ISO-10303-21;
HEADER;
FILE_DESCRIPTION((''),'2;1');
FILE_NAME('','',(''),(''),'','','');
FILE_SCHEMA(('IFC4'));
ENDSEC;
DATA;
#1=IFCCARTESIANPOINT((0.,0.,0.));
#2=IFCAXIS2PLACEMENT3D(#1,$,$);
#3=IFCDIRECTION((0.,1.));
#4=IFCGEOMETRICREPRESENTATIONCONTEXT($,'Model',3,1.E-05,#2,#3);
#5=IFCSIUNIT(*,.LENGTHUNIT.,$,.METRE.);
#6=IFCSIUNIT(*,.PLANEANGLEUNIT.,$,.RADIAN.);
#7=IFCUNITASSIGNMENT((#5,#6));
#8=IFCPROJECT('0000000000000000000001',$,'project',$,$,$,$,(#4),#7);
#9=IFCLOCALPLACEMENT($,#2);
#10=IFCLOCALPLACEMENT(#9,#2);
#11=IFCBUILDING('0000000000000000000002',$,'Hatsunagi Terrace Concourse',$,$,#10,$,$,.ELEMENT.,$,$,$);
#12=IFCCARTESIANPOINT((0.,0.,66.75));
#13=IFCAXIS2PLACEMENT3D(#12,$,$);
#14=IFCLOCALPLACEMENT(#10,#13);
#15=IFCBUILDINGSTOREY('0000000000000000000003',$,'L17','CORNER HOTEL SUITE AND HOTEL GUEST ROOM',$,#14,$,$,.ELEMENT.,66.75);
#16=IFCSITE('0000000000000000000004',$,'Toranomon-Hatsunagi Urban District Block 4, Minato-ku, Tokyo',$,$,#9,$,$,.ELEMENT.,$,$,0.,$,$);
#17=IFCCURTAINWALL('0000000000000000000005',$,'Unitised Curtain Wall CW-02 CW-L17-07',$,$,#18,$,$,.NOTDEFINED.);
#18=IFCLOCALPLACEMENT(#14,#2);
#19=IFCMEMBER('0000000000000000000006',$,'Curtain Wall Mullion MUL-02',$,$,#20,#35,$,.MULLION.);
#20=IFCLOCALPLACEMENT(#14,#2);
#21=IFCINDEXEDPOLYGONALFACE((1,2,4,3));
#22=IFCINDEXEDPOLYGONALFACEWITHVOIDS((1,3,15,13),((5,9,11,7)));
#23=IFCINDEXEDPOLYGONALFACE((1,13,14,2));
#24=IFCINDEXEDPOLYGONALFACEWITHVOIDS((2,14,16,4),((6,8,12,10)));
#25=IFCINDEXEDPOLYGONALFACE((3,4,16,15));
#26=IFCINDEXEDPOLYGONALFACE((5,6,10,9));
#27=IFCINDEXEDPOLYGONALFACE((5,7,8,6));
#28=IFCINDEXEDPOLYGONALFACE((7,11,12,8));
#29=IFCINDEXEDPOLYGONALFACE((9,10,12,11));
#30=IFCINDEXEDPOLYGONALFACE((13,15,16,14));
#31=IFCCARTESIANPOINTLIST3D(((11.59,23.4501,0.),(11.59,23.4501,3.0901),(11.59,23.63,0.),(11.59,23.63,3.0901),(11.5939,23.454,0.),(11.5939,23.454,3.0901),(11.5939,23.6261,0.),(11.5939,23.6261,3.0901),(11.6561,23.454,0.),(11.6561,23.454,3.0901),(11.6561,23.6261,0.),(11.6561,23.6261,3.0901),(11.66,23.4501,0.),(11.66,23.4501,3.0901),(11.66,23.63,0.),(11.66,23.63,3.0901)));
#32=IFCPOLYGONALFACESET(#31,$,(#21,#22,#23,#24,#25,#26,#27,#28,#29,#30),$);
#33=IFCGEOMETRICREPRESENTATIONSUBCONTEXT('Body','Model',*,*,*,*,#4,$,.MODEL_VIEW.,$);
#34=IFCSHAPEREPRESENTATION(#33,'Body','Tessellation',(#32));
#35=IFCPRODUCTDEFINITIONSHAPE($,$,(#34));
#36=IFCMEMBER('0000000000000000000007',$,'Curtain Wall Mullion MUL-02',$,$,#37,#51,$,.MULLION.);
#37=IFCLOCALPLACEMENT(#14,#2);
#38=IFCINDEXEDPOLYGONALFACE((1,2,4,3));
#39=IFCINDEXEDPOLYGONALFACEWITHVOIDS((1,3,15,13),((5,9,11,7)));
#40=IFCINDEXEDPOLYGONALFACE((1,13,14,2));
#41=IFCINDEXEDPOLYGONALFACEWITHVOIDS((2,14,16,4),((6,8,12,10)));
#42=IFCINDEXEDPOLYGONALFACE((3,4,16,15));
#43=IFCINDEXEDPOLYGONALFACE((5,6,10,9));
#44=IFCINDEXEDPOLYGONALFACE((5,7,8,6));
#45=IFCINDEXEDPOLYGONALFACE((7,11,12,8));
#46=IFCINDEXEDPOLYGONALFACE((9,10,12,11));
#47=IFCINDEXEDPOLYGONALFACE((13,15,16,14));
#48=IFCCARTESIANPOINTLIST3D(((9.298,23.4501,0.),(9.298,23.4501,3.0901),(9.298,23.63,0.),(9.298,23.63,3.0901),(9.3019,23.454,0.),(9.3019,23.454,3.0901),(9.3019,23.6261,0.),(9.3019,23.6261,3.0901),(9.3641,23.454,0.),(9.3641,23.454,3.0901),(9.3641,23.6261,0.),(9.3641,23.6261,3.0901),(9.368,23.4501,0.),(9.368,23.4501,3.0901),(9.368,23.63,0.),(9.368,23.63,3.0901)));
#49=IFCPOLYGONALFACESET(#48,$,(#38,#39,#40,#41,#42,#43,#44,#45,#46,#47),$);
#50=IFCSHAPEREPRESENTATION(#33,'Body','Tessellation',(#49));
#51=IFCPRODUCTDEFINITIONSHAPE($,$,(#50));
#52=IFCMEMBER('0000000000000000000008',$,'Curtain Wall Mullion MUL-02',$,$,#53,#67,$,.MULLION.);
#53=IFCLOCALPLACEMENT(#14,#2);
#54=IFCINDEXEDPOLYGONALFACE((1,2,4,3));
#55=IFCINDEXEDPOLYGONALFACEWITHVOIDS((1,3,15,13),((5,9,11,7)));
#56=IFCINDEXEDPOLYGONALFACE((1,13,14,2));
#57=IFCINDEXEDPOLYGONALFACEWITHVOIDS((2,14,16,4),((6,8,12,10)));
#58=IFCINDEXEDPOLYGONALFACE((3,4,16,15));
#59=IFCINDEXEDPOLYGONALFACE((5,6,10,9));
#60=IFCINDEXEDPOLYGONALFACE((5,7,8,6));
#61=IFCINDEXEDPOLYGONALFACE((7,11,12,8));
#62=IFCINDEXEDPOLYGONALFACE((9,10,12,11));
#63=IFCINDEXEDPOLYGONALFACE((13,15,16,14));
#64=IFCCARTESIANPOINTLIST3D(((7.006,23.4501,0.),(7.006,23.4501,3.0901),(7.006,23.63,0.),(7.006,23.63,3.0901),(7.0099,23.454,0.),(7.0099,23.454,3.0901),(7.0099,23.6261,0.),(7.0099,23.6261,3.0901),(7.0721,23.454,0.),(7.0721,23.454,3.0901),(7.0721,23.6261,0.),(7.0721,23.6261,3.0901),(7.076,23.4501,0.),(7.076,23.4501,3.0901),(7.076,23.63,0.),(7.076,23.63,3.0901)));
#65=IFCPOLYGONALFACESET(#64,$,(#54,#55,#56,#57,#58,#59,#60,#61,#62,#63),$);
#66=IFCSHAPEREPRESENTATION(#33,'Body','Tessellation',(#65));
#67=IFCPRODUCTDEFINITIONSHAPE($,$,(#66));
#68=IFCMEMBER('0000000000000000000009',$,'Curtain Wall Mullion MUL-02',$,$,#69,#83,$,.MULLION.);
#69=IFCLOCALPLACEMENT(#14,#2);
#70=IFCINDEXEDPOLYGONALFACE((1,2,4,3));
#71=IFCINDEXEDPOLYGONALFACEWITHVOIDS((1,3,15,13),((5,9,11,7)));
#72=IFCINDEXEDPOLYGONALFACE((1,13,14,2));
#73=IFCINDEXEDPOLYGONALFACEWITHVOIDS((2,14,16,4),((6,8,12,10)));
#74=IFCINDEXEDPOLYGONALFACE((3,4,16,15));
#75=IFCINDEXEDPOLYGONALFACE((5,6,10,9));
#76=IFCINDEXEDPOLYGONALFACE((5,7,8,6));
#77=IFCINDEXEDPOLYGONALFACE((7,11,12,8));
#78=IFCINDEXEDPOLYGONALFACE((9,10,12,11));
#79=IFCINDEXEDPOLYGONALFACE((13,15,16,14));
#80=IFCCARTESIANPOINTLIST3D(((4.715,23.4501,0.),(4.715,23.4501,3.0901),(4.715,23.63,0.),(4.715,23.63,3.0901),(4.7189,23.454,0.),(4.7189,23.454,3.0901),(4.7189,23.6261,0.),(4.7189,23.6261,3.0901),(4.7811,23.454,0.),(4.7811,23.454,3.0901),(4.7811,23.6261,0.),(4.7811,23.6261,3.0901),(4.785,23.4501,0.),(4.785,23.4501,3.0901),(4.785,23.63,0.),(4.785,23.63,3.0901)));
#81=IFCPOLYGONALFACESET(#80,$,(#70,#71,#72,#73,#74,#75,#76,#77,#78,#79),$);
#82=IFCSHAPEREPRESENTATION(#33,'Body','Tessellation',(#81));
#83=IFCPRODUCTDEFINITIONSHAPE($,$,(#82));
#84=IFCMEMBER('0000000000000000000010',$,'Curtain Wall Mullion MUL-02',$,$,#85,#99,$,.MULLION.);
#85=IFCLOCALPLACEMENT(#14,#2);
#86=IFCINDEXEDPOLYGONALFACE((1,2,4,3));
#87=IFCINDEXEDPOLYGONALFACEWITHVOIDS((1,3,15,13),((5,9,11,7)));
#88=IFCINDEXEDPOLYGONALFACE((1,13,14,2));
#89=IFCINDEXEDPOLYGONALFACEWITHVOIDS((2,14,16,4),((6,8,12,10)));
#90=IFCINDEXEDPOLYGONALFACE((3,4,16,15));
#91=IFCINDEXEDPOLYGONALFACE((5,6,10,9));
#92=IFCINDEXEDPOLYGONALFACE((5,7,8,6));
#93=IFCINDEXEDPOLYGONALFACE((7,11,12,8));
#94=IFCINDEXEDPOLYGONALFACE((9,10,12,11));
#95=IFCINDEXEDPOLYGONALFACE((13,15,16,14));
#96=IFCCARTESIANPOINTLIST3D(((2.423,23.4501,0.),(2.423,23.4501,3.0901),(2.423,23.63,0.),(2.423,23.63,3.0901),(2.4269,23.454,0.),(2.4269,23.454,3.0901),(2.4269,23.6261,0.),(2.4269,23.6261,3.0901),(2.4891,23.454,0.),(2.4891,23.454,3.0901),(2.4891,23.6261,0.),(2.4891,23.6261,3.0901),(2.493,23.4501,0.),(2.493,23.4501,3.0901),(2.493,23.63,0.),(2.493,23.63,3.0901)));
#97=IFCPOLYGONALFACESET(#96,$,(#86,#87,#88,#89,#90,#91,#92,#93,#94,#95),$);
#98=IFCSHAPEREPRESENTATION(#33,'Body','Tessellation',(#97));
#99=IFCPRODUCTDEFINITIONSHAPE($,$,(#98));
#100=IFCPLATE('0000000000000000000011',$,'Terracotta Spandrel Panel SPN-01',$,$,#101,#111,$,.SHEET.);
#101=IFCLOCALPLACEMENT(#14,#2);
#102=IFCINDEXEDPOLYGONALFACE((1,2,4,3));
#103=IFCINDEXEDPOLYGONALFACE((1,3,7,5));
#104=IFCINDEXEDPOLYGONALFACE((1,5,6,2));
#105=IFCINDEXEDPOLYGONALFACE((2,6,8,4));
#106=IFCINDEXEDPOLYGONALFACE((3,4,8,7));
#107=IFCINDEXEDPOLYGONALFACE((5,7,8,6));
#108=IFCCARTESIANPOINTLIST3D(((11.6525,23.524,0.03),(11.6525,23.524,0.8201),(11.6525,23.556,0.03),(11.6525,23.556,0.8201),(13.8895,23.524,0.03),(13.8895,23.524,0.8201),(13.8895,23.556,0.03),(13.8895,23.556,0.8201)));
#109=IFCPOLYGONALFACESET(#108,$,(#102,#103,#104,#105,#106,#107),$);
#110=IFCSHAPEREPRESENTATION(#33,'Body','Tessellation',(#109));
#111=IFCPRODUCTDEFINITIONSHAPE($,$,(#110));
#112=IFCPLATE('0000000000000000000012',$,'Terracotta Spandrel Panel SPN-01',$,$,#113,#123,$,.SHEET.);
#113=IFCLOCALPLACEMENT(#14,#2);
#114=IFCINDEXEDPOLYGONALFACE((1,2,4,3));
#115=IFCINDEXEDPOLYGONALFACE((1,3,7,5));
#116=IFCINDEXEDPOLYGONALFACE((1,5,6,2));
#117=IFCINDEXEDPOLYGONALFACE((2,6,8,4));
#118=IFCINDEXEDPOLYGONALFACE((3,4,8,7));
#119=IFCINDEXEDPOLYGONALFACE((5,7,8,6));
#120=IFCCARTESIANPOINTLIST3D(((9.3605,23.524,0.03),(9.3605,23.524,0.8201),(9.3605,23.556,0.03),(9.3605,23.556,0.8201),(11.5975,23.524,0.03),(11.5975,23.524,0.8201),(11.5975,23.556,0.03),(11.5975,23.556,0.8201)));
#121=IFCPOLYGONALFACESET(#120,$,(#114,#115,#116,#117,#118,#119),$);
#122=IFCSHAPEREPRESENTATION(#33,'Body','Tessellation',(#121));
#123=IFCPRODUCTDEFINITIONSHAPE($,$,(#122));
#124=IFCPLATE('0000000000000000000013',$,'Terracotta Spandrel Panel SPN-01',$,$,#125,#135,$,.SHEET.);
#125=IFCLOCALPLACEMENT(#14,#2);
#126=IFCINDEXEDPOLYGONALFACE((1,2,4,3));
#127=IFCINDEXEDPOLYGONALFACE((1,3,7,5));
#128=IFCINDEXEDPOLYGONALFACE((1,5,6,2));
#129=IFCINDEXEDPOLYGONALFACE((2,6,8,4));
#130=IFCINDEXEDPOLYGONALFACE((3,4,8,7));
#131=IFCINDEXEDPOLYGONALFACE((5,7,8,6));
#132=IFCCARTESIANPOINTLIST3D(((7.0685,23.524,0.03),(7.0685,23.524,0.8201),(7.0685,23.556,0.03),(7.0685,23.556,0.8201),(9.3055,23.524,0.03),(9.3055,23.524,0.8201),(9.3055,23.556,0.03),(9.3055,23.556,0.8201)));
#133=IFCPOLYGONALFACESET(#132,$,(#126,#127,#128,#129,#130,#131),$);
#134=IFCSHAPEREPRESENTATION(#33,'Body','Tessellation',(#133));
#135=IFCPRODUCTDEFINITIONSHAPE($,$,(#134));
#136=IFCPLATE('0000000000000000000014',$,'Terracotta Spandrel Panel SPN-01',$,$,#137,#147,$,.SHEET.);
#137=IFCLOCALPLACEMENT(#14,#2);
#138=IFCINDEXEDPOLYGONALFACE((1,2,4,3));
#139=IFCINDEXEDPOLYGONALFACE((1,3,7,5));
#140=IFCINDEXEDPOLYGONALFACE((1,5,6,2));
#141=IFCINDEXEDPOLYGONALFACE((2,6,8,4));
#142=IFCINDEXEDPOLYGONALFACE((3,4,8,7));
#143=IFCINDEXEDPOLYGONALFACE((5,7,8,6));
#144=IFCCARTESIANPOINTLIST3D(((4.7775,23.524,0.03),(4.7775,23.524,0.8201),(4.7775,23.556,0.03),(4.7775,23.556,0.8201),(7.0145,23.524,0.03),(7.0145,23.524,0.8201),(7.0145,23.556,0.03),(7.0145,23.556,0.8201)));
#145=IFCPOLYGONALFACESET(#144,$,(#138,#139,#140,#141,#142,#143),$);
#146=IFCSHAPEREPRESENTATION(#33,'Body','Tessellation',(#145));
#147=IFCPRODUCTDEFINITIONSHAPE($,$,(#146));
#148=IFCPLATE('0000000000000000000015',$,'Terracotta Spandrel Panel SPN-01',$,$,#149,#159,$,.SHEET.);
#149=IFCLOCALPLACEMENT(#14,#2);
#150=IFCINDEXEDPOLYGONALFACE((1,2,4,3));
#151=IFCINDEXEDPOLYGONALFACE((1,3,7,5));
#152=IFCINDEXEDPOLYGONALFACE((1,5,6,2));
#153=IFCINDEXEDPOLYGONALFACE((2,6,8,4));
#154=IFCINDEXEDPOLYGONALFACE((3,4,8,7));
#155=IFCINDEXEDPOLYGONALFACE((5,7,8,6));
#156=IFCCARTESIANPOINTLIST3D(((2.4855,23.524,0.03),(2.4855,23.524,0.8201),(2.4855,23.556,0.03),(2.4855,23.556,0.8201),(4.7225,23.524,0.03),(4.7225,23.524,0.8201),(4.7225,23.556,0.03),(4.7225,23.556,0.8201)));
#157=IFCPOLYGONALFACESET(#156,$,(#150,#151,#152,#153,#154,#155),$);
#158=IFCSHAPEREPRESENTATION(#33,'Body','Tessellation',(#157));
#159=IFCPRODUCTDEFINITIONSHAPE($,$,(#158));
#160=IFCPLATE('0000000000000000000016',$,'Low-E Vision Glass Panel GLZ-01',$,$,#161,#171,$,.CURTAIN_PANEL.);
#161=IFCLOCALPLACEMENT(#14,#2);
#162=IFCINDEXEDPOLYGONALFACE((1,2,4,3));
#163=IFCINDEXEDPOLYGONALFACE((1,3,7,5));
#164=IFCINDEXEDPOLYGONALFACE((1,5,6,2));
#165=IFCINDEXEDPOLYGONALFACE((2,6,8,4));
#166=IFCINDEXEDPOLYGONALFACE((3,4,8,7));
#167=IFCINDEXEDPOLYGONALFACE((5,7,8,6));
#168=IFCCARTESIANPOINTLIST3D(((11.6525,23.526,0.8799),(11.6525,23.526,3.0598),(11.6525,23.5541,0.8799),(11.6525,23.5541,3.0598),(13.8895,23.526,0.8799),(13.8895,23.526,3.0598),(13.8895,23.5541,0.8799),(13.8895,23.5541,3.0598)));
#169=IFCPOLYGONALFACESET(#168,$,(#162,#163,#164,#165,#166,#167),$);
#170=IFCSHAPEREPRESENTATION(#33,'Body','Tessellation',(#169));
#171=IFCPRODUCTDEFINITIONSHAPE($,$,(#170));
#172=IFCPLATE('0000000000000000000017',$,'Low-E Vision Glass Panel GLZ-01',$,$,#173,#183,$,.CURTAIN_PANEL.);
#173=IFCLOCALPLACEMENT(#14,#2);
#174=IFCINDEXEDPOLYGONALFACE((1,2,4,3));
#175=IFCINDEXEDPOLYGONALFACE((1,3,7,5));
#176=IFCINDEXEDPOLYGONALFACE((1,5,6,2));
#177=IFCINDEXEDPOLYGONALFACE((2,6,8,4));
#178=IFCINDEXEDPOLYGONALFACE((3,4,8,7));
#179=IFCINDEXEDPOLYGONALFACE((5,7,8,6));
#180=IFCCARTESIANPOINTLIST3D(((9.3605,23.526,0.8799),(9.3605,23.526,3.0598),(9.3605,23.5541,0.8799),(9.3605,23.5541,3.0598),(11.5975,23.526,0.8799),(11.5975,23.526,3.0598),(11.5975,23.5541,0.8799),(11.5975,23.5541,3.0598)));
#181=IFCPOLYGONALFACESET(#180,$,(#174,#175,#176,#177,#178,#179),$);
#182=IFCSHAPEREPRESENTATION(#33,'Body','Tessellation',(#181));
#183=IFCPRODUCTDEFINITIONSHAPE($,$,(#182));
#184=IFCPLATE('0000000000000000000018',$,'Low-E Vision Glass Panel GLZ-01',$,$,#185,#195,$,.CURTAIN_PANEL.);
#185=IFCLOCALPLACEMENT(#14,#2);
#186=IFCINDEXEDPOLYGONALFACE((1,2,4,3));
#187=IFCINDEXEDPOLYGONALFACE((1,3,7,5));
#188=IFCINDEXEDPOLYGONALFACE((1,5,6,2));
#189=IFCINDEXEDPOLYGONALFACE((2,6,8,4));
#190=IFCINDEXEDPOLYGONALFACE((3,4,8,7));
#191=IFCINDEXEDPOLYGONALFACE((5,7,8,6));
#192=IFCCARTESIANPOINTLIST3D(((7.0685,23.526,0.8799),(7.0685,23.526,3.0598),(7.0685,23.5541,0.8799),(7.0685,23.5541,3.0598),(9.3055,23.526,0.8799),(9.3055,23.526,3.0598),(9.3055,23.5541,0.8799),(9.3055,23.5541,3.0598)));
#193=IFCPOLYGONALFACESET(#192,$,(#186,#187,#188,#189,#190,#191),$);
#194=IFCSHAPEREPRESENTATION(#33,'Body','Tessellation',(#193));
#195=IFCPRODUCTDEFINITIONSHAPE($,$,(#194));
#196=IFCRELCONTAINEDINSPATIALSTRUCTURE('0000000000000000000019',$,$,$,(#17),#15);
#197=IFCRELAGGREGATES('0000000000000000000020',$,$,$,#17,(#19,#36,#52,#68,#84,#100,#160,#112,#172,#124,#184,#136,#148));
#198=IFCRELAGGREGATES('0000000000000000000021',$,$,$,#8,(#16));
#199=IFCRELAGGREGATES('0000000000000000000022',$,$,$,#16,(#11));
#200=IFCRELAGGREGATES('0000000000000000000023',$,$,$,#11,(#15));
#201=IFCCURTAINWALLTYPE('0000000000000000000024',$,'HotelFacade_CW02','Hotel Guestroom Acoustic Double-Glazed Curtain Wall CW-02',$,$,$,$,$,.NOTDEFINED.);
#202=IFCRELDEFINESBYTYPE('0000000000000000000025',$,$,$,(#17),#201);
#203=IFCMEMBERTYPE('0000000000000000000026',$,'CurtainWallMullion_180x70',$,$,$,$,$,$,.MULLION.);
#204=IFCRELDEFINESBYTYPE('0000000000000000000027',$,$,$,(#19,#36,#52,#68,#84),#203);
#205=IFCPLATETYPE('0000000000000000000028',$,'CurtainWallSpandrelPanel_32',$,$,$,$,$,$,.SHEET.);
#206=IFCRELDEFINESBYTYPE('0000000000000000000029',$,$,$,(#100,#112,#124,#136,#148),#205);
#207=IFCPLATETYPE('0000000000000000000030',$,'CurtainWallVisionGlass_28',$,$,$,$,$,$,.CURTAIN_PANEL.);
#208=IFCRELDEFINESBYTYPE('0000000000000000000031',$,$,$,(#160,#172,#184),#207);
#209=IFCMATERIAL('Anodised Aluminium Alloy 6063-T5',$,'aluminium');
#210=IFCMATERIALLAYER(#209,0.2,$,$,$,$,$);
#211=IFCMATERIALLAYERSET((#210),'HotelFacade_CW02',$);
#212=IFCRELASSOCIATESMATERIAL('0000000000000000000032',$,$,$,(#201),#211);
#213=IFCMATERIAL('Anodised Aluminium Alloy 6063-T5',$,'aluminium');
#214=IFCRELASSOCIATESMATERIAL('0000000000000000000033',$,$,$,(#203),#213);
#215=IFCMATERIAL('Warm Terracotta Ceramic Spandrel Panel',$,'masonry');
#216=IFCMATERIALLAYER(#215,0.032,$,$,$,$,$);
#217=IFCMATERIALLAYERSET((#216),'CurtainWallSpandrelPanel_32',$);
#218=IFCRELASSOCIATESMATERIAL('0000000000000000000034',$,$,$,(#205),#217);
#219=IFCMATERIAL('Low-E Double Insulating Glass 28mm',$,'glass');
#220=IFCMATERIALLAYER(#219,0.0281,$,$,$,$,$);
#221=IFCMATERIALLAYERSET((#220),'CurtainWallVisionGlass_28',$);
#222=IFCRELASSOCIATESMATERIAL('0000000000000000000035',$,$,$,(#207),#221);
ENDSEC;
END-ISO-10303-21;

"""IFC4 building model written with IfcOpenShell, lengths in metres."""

from ifc_helpers import new_model, si_unit, direction, frame, origin, origin_2d, place, context, subcontext, project, spatial, rectangle, hollow_rectangle, extrude, material, layer, layer_set, material_profile, profile_set, type_object, element, aggregate, save


model = new_model("IFC4")

# Units and contexts
model_context = context("Model", 3, precision=1e-05, world=origin(), true_north=direction((0.0, 1.0)))
body_context = subcontext(model_context, "Body", "Model", "MODEL_VIEW")
ifc_project = project(units=[si_unit("LENGTHUNIT", "METRE"), si_unit("PLANEANGLEUNIT", "RADIAN")], contexts=[model_context])

# Site, building, storey
site_placement = place(None, origin())
site = spatial("IfcSite", under=ifc_project, at=site_placement, Name="Toranomon-Hatsunagi Urban District Block 4, Minato-ku, Tokyo", CompositionType="ELEMENT", RefElevation=0.0)
building_placement = place(site_placement, origin())
building = spatial("IfcBuilding", under=site, at=building_placement, Name="Hatsunagi Terrace Concourse", CompositionType="ELEMENT")
storey_placement = place(building_placement, frame((0.0, 0.0, 66.75)))
storey = spatial("IfcBuildingStorey", under=building, at=storey_placement, Name="L17", Description="CORNER HOTEL SUITE AND HOTEL GUEST ROOM", CompositionType="ELEMENT", Elevation=66.75)

# Curtain wall, members, plates
ifc_material_1 = material(Name="Anodised Aluminium Alloy 6063-T5", Category="aluminium")
ifc_layer_1 = layer(ifc_material_1, 0.2)
ifc_layer_set_1 = layer_set([ifc_layer_1], Name="HotelFacade_CW02")
curtain_wall_type = type_object("IfcCurtainWallType", Name="HotelFacade_CW02", Description="Hotel Guestroom Acoustic Double-Glazed Curtain Wall CW-02", PredefinedType="NOTDEFINED", material=ifc_layer_set_1)
curtain_wall_placement = place(storey_placement, origin())
curtain_wall = element("IfcCurtainWall", 1, at=curtain_wall_placement, inside=storey, type_object=curtain_wall_type, Name="Unitised Curtain Wall CW-02 CW-L17-07", PredefinedType="NOTDEFINED")
ifc_material_2 = material(Name="Anodised Aluminium Alloy 6063-T5", Category="aluminium")
ifc_material_profile = material_profile(ifc_material_2, hollow_rectangle(XDim=0.0701, YDim=0.1799, WallThickness=0.0039, at=origin_2d()), Name="ALU-MUL-180x70x4")
ifc_profile_set = profile_set([ifc_material_profile], Name="Anodised Aluminium Alloy 6063-T5")
member_type = type_object("IfcMemberType", Name="CurtainWallMullion_180x70", PredefinedType="MULLION", material=ifc_profile_set)
member_1_placement = place(storey_placement, frame((11.625, 23.54, 0.0), z_axis=(0.0, 0.0, 1.0), x_axis=(-1.0, 0.0, 0.0)))
member_1 = element("IfcMember", 2, at=member_1_placement, type_object=member_type, Name="Curtain Wall Mullion MUL-02", PredefinedType="MULLION", context=body_context, shape_type="SweptSolid", body=[
    extrude(hollow_rectangle(XDim=0.0701, YDim=0.1799, WallThickness=0.0039, at=origin_2d()), origin(), (0.0, 0.0, 1.0), 3.0901),
])
member_2_placement = place(storey_placement, frame((9.333, 23.54, 0.0), z_axis=(0.0, 0.0, 1.0), x_axis=(-1.0, 0.0, 0.0)))
member_2 = element("IfcMember", 3, at=member_2_placement, type_object=member_type, Name="Curtain Wall Mullion MUL-02", PredefinedType="MULLION", context=body_context, shape_type="SweptSolid", body=[
    extrude(hollow_rectangle(XDim=0.0701, YDim=0.1799, WallThickness=0.0039, at=origin_2d()), origin(), (0.0, 0.0, 1.0), 3.0901),
])
member_3_placement = place(storey_placement, frame((7.041, 23.54, 0.0), z_axis=(0.0, 0.0, 1.0), x_axis=(-1.0, 0.0, 0.0)))
member_3 = element("IfcMember", 4, at=member_3_placement, type_object=member_type, Name="Curtain Wall Mullion MUL-02", PredefinedType="MULLION", context=body_context, shape_type="SweptSolid", body=[
    extrude(hollow_rectangle(XDim=0.0701, YDim=0.1799, WallThickness=0.0039, at=origin_2d()), origin(), (0.0, 0.0, 1.0), 3.0901),
])
member_4_placement = place(storey_placement, frame((4.75, 23.54, 0.0), z_axis=(0.0, 0.0, 1.0), x_axis=(-1.0, 0.0, 0.0)))
member_4 = element("IfcMember", 5, at=member_4_placement, type_object=member_type, Name="Curtain Wall Mullion MUL-02", PredefinedType="MULLION", context=body_context, shape_type="SweptSolid", body=[
    extrude(hollow_rectangle(XDim=0.0701, YDim=0.1799, WallThickness=0.0039, at=origin_2d()), origin(), (0.0, 0.0, 1.0), 3.0901),
])
member_5_placement = place(storey_placement, frame((2.458, 23.54, 0.0), z_axis=(0.0, 0.0, 1.0), x_axis=(-1.0, 0.0, 0.0)))
member_5 = element("IfcMember", 6, at=member_5_placement, type_object=member_type, Name="Curtain Wall Mullion MUL-02", PredefinedType="MULLION", context=body_context, shape_type="SweptSolid", body=[
    extrude(hollow_rectangle(XDim=0.0701, YDim=0.1799, WallThickness=0.0039, at=origin_2d()), origin(), (0.0, 0.0, 1.0), 3.0901),
])
ifc_material_3 = material(Name="Warm Terracotta Ceramic Spandrel Panel", Category="masonry")
ifc_layer_2 = layer(ifc_material_3, 0.032)
ifc_layer_set_2 = layer_set([ifc_layer_2], Name="CurtainWallSpandrelPanel_32")
plate_type_1 = type_object("IfcPlateType", Name="CurtainWallSpandrelPanel_32", PredefinedType="SHEET", material=ifc_layer_set_2)
plate_1_placement = place(storey_placement, frame((12.771, 23.54, 0.03), z_axis=(0.0, 0.0, 1.0), x_axis=(-1.0, 0.0, 0.0)))
plate_1 = element("IfcPlate", 7, at=plate_1_placement, type_object=plate_type_1, Name="Terracotta Spandrel Panel SPN-01", PredefinedType="SHEET", context=body_context, shape_type="SweptSolid", body=[
    extrude(rectangle(XDim=2.2371, YDim=0.032, at=origin_2d()), origin(), (0.0, 0.0, 1.0), 0.79),
])
plate_2_placement = place(storey_placement, frame((10.479, 23.54, 0.03), z_axis=(0.0, 0.0, 1.0), x_axis=(-1.0, 0.0, 0.0)))
plate_2 = element("IfcPlate", 8, at=plate_2_placement, type_object=plate_type_1, Name="Terracotta Spandrel Panel SPN-01", PredefinedType="SHEET", context=body_context, shape_type="SweptSolid", body=[
    extrude(rectangle(XDim=2.2371, YDim=0.032, at=origin_2d()), origin(), (0.0, 0.0, 1.0), 0.79),
])
plate_3_placement = place(storey_placement, frame((8.187, 23.54, 0.03), z_axis=(0.0, 0.0, 1.0), x_axis=(-1.0, 0.0, 0.0)))
plate_3 = element("IfcPlate", 9, at=plate_3_placement, type_object=plate_type_1, Name="Terracotta Spandrel Panel SPN-01", PredefinedType="SHEET", context=body_context, shape_type="SweptSolid", body=[
    extrude(rectangle(XDim=2.2371, YDim=0.032, at=origin_2d()), origin(), (0.0, 0.0, 1.0), 0.79),
])
plate_4_placement = place(storey_placement, frame((5.896, 23.54, 0.03), z_axis=(0.0, 0.0, 1.0), x_axis=(-1.0, 0.0, 0.0)))
plate_4 = element("IfcPlate", 10, at=plate_4_placement, type_object=plate_type_1, Name="Terracotta Spandrel Panel SPN-01", PredefinedType="SHEET", context=body_context, shape_type="SweptSolid", body=[
    extrude(rectangle(XDim=2.2371, YDim=0.032, at=origin_2d()), origin(), (0.0, 0.0, 1.0), 0.79),
])
plate_5_placement = place(storey_placement, frame((3.604, 23.54, 0.03), z_axis=(0.0, 0.0, 1.0), x_axis=(-1.0, 0.0, 0.0)))
plate_5 = element("IfcPlate", 11, at=plate_5_placement, type_object=plate_type_1, Name="Terracotta Spandrel Panel SPN-01", PredefinedType="SHEET", context=body_context, shape_type="SweptSolid", body=[
    extrude(rectangle(XDim=2.2371, YDim=0.032, at=origin_2d()), origin(), (0.0, 0.0, 1.0), 0.79),
])
ifc_material_4 = material(Name="Low-E Double Insulating Glass 28mm", Category="glass")
ifc_layer_3 = layer(ifc_material_4, 0.0281)
ifc_layer_set_3 = layer_set([ifc_layer_3], Name="CurtainWallVisionGlass_28")
plate_type_2 = type_object("IfcPlateType", Name="CurtainWallVisionGlass_28", PredefinedType="CURTAIN_PANEL", material=ifc_layer_set_3)
plate_6_placement = place(storey_placement, frame((12.771, 23.54, 0.8799), z_axis=(0.0, 0.0, 1.0), x_axis=(-1.0, 0.0, 0.0)))
plate_6 = element("IfcPlate", 12, at=plate_6_placement, type_object=plate_type_2, Name="Low-E Vision Glass Panel GLZ-01", PredefinedType="CURTAIN_PANEL", context=body_context, shape_type="SweptSolid", body=[
    extrude(rectangle(XDim=2.2371, YDim=0.0281, at=origin_2d()), origin(), (0.0, 0.0, 1.0), 2.1799),
])
plate_7_placement = place(storey_placement, frame((10.479, 23.54, 0.8799), z_axis=(0.0, 0.0, 1.0), x_axis=(-1.0, 0.0, 0.0)))
plate_7 = element("IfcPlate", 13, at=plate_7_placement, type_object=plate_type_2, Name="Low-E Vision Glass Panel GLZ-01", PredefinedType="CURTAIN_PANEL", context=body_context, shape_type="SweptSolid", body=[
    extrude(rectangle(XDim=2.2371, YDim=0.0281, at=origin_2d()), origin(), (0.0, 0.0, 1.0), 2.1799),
])
plate_8_placement = place(storey_placement, frame((8.187, 23.54, 0.8799), z_axis=(0.0, 0.0, 1.0), x_axis=(-1.0, 0.0, 0.0)))
plate_8 = element("IfcPlate", 14, at=plate_8_placement, type_object=plate_type_2, Name="Low-E Vision Glass Panel GLZ-01", PredefinedType="CURTAIN_PANEL", context=body_context, shape_type="SweptSolid", body=[
    extrude(rectangle(XDim=2.2371, YDim=0.0281, at=origin_2d()), origin(), (0.0, 0.0, 1.0), 2.1799),
])
aggregate(curtain_wall, [member_1, member_2, member_3, member_4, member_5, plate_1, plate_6, plate_2, plate_7, plate_3, plate_8, plate_4, plate_5])

save(model, "model.ifc")
